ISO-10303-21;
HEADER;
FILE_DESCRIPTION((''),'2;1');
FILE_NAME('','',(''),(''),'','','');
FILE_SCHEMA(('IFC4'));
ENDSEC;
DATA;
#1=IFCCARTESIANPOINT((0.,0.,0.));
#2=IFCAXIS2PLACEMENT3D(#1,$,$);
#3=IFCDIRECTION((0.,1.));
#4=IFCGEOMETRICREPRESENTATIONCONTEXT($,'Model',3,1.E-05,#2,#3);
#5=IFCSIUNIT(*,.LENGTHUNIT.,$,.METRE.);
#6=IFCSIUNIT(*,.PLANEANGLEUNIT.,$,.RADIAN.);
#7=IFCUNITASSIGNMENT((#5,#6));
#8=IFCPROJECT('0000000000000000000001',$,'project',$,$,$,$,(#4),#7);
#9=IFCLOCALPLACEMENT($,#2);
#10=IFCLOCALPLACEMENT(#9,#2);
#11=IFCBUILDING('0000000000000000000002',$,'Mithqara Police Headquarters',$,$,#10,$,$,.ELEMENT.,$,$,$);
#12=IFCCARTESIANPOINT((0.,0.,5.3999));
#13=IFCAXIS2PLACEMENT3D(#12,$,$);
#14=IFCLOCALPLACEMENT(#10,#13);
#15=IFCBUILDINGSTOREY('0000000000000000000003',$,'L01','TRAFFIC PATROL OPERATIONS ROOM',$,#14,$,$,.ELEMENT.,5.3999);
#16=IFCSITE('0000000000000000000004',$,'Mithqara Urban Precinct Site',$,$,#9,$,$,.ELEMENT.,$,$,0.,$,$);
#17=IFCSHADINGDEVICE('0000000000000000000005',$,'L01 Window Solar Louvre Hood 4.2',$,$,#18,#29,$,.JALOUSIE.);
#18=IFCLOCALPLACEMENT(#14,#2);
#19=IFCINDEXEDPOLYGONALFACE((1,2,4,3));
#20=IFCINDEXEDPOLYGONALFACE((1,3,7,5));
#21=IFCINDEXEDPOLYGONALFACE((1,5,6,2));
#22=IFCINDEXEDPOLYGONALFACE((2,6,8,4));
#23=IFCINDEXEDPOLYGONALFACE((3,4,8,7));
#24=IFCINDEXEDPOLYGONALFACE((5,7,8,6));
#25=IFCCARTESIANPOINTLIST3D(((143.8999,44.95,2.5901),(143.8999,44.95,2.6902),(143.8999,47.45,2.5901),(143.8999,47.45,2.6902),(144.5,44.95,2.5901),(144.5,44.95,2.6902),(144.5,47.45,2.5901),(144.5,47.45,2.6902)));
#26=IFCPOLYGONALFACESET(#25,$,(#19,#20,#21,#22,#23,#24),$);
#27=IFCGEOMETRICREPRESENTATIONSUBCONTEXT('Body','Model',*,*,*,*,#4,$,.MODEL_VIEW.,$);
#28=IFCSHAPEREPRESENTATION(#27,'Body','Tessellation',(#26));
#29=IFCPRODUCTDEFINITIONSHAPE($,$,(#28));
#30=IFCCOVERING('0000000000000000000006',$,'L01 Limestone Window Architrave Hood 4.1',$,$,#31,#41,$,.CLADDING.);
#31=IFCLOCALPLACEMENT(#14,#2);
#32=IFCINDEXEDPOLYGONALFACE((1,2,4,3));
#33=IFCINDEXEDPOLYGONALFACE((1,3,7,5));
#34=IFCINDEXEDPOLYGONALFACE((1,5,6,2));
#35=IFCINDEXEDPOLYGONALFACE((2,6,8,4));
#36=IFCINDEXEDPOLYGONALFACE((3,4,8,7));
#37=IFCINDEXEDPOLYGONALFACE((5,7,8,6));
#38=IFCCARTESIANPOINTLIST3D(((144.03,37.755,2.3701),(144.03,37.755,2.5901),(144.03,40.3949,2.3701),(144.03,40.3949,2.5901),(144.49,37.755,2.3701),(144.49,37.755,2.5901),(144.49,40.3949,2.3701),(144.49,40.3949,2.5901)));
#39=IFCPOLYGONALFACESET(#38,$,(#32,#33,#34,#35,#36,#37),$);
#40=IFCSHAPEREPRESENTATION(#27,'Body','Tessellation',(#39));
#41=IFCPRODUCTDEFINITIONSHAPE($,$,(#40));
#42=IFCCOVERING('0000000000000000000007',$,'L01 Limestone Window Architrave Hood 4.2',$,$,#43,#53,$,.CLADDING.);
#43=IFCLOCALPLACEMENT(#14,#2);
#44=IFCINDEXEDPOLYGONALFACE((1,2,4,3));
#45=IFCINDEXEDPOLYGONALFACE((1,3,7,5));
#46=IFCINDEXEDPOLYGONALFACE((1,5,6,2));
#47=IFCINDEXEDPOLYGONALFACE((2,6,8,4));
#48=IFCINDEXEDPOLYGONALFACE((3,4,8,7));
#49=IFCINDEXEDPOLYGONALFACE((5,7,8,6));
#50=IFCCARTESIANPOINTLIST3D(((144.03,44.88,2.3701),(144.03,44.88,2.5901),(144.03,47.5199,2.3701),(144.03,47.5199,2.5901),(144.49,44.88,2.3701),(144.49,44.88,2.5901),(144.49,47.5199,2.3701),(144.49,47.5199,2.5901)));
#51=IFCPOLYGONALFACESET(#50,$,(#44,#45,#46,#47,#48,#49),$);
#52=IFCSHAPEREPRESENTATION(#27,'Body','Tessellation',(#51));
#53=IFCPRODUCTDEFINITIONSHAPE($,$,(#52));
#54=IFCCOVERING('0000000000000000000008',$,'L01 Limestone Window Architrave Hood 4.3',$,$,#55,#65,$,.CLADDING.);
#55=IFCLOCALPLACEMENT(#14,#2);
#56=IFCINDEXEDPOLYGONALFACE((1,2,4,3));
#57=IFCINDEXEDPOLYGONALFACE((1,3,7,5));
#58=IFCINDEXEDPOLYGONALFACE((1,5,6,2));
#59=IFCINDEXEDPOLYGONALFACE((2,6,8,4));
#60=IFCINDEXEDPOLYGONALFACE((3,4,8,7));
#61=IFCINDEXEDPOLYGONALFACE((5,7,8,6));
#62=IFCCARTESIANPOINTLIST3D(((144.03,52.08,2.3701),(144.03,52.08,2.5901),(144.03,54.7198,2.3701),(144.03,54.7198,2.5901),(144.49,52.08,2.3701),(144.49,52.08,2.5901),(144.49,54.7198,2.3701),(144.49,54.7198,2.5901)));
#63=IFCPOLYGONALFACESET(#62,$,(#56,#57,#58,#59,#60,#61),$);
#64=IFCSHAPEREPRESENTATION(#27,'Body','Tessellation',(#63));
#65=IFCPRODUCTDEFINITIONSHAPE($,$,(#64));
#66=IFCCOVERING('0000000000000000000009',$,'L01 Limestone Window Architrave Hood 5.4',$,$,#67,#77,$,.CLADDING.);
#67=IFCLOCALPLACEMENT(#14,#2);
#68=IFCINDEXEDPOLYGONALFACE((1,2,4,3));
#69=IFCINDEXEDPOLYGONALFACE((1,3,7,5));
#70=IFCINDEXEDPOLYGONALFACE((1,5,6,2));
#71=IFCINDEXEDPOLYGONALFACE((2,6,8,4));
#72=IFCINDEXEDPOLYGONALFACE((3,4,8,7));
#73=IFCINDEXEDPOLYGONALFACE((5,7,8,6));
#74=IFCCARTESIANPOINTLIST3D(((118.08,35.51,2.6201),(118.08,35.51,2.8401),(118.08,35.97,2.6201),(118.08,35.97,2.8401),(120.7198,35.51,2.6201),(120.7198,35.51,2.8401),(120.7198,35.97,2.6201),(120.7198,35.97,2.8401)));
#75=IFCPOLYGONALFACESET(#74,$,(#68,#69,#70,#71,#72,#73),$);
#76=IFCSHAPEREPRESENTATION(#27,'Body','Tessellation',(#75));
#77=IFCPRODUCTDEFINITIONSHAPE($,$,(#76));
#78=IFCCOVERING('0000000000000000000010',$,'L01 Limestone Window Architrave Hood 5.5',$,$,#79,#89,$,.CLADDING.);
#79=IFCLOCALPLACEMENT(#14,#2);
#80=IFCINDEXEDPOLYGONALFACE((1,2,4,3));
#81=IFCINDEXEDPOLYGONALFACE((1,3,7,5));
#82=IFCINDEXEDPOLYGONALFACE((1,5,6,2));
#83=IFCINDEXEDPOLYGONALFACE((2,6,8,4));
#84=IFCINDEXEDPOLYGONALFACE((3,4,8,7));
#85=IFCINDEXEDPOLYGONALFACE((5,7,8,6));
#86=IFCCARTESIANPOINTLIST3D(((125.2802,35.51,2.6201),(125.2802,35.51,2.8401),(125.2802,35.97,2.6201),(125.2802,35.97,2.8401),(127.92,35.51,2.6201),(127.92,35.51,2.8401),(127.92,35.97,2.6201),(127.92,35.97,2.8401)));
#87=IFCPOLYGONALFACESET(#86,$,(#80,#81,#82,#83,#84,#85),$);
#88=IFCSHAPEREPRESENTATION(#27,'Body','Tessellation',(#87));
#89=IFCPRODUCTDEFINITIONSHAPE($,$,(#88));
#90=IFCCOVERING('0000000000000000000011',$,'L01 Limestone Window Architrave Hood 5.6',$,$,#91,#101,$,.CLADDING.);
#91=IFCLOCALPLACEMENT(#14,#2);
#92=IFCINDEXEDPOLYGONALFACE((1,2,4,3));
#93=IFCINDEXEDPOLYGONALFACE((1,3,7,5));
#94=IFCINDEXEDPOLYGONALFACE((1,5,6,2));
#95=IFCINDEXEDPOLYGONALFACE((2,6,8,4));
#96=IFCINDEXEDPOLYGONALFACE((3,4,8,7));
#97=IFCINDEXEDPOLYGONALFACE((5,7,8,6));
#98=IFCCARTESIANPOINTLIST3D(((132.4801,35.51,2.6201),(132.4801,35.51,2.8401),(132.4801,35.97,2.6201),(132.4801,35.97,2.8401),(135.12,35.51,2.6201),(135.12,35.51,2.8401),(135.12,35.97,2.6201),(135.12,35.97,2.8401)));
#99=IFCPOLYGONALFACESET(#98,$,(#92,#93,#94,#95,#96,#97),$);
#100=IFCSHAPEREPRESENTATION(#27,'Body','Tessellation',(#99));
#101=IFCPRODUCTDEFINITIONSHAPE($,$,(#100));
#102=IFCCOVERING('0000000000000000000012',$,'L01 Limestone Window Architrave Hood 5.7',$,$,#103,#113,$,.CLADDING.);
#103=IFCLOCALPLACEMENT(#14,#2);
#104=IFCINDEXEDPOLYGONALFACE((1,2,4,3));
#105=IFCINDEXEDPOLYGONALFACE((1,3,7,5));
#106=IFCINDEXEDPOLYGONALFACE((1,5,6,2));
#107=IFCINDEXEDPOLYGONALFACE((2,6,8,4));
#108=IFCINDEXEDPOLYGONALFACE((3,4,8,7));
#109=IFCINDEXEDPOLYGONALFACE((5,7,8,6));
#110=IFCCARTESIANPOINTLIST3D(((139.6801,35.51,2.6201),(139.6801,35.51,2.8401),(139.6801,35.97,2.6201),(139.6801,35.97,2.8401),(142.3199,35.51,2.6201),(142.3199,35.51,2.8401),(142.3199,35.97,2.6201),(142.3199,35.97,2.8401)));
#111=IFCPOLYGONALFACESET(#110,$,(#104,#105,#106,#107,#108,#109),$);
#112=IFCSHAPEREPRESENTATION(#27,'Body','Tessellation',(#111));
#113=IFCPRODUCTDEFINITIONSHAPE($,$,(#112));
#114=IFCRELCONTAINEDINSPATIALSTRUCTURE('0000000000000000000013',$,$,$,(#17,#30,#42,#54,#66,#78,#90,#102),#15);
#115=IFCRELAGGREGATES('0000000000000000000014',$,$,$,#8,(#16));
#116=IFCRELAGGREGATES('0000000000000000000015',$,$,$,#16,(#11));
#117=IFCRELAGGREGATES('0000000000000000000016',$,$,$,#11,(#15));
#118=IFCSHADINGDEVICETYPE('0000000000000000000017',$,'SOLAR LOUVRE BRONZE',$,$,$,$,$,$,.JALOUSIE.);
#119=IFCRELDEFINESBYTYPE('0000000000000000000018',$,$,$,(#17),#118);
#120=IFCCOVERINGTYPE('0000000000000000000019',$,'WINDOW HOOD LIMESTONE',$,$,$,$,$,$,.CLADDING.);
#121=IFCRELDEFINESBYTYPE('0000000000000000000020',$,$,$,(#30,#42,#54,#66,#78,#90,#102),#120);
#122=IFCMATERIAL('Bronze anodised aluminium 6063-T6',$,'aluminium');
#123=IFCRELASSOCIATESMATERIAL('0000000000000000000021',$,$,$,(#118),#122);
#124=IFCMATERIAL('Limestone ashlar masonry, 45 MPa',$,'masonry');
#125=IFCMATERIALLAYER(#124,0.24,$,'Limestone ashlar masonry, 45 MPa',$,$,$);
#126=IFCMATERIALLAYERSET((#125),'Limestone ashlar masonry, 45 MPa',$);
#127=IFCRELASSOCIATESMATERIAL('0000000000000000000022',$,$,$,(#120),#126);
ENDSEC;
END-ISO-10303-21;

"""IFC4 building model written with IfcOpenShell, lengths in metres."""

from ifc_helpers import new_model, si_unit, direction, frame, origin, origin_2d, place, context, subcontext, project, spatial, rectangle, extrude, material, layer, layer_set, type_object, element, save


model = new_model("IFC4")

# Units and contexts
model_context = context("Model", 3, precision=1e-05, world=origin(), true_north=direction((0.0, 1.0)))
body_context = subcontext(model_context, "Body", "Model", "MODEL_VIEW")
ifc_project = project(units=[si_unit("LENGTHUNIT", "METRE"), si_unit("PLANEANGLEUNIT", "RADIAN")], contexts=[model_context])

# Site, building, storey
site_placement = place(None, origin())
site = spatial("IfcSite", under=ifc_project, at=site_placement, Name="Mithqara Urban Precinct Site", CompositionType="ELEMENT", RefElevation=0.0)
building_placement = place(site_placement, origin())
building = spatial("IfcBuilding", under=site, at=building_placement, Name="Mithqara Police Headquarters", CompositionType="ELEMENT")
storey_placement = place(building_placement, frame((0.0, 0.0, 5.3999)))
storey = spatial("IfcBuildingStorey", under=building, at=storey_placement, Name="L01", Description="TRAFFIC PATROL OPERATIONS ROOM", CompositionType="ELEMENT", Elevation=5.3999)

# Shading device
ifc_material_1 = material(Name="Bronze anodised aluminium 6063-T6", Category="aluminium")
shading_device_type = type_object("IfcShadingDeviceType", Name="SOLAR LOUVRE BRONZE", PredefinedType="JALOUSIE", material=ifc_material_1)
shading_device_placement = place(storey_placement, frame((144.2, 46.2, 2.5901), z_axis=(0.0, 0.0, 1.0), x_axis=(0.0, 1.0, 0.0)))
element("IfcShadingDevice", 1, at=shading_device_placement, inside=storey, type_object=shading_device_type, Name="L01 Window Solar Louvre Hood 4.2", PredefinedType="JALOUSIE", context=body_context, shape_type="SweptSolid", body=[
    extrude(rectangle(XDim=2.5, YDim=0.6001, at=origin_2d()), origin(), (0.0, 0.0, 1.0), 0.1001),
])

# Coverings
ifc_material_2 = material(Name="Limestone ashlar masonry, 45 MPa", Category="masonry")
ifc_layer = layer(ifc_material_2, 0.24, Name="Limestone ashlar masonry, 45 MPa")
ifc_layer_set = layer_set([ifc_layer], Name="Limestone ashlar masonry, 45 MPa")
covering_type = type_object("IfcCoveringType", Name="WINDOW HOOD LIMESTONE", PredefinedType="CLADDING", material=ifc_layer_set)
for number, where, z_axis, x_axis, name in (
    (2, (144.26, 39.075, 2.3701), (0.0, 0.0, 1.0), (0.0, 1.0, 0.0), "L01 Limestone Window Architrave Hood 4.1"),
    (3, (144.26, 46.2, 2.3701), (0.0, 0.0, 1.0), (0.0, 1.0, 0.0), "L01 Limestone Window Architrave Hood 4.2"),
    (4, (144.26, 53.3999, 2.3701), (0.0, 0.0, 1.0), (0.0, 1.0, 0.0), "L01 Limestone Window Architrave Hood 4.3"),
    (5, (119.3999, 35.74, 2.6201), (0.0, 0.0, 1.0), (1.0, 0.0, 0.0), "L01 Limestone Window Architrave Hood 5.4"),
    (6, (126.6001, 35.74, 2.6201), (0.0, 0.0, 1.0), (1.0, 0.0, 0.0), "L01 Limestone Window Architrave Hood 5.5"),
    (7, (133.8, 35.74, 2.6201), (0.0, 0.0, 1.0), (1.0, 0.0, 0.0), "L01 Limestone Window Architrave Hood 5.6"),
    (8, (141.0, 35.74, 2.6201), (0.0, 0.0, 1.0), (1.0, 0.0, 0.0), "L01 Limestone Window Architrave Hood 5.7"),
):
    element("IfcCovering", number, at=place(storey_placement, frame(where, z_axis=z_axis, x_axis=x_axis)), inside=storey, type_object=covering_type, Name=name, PredefinedType="CLADDING", context=body_context, shape_type="SweptSolid", body=[
        extrude(rectangle(XDim=2.6399, YDim=0.46, at=origin_2d()), origin(), (0.0, 0.0, 1.0), 0.22),
    ])

save(model, "model.ifc")
